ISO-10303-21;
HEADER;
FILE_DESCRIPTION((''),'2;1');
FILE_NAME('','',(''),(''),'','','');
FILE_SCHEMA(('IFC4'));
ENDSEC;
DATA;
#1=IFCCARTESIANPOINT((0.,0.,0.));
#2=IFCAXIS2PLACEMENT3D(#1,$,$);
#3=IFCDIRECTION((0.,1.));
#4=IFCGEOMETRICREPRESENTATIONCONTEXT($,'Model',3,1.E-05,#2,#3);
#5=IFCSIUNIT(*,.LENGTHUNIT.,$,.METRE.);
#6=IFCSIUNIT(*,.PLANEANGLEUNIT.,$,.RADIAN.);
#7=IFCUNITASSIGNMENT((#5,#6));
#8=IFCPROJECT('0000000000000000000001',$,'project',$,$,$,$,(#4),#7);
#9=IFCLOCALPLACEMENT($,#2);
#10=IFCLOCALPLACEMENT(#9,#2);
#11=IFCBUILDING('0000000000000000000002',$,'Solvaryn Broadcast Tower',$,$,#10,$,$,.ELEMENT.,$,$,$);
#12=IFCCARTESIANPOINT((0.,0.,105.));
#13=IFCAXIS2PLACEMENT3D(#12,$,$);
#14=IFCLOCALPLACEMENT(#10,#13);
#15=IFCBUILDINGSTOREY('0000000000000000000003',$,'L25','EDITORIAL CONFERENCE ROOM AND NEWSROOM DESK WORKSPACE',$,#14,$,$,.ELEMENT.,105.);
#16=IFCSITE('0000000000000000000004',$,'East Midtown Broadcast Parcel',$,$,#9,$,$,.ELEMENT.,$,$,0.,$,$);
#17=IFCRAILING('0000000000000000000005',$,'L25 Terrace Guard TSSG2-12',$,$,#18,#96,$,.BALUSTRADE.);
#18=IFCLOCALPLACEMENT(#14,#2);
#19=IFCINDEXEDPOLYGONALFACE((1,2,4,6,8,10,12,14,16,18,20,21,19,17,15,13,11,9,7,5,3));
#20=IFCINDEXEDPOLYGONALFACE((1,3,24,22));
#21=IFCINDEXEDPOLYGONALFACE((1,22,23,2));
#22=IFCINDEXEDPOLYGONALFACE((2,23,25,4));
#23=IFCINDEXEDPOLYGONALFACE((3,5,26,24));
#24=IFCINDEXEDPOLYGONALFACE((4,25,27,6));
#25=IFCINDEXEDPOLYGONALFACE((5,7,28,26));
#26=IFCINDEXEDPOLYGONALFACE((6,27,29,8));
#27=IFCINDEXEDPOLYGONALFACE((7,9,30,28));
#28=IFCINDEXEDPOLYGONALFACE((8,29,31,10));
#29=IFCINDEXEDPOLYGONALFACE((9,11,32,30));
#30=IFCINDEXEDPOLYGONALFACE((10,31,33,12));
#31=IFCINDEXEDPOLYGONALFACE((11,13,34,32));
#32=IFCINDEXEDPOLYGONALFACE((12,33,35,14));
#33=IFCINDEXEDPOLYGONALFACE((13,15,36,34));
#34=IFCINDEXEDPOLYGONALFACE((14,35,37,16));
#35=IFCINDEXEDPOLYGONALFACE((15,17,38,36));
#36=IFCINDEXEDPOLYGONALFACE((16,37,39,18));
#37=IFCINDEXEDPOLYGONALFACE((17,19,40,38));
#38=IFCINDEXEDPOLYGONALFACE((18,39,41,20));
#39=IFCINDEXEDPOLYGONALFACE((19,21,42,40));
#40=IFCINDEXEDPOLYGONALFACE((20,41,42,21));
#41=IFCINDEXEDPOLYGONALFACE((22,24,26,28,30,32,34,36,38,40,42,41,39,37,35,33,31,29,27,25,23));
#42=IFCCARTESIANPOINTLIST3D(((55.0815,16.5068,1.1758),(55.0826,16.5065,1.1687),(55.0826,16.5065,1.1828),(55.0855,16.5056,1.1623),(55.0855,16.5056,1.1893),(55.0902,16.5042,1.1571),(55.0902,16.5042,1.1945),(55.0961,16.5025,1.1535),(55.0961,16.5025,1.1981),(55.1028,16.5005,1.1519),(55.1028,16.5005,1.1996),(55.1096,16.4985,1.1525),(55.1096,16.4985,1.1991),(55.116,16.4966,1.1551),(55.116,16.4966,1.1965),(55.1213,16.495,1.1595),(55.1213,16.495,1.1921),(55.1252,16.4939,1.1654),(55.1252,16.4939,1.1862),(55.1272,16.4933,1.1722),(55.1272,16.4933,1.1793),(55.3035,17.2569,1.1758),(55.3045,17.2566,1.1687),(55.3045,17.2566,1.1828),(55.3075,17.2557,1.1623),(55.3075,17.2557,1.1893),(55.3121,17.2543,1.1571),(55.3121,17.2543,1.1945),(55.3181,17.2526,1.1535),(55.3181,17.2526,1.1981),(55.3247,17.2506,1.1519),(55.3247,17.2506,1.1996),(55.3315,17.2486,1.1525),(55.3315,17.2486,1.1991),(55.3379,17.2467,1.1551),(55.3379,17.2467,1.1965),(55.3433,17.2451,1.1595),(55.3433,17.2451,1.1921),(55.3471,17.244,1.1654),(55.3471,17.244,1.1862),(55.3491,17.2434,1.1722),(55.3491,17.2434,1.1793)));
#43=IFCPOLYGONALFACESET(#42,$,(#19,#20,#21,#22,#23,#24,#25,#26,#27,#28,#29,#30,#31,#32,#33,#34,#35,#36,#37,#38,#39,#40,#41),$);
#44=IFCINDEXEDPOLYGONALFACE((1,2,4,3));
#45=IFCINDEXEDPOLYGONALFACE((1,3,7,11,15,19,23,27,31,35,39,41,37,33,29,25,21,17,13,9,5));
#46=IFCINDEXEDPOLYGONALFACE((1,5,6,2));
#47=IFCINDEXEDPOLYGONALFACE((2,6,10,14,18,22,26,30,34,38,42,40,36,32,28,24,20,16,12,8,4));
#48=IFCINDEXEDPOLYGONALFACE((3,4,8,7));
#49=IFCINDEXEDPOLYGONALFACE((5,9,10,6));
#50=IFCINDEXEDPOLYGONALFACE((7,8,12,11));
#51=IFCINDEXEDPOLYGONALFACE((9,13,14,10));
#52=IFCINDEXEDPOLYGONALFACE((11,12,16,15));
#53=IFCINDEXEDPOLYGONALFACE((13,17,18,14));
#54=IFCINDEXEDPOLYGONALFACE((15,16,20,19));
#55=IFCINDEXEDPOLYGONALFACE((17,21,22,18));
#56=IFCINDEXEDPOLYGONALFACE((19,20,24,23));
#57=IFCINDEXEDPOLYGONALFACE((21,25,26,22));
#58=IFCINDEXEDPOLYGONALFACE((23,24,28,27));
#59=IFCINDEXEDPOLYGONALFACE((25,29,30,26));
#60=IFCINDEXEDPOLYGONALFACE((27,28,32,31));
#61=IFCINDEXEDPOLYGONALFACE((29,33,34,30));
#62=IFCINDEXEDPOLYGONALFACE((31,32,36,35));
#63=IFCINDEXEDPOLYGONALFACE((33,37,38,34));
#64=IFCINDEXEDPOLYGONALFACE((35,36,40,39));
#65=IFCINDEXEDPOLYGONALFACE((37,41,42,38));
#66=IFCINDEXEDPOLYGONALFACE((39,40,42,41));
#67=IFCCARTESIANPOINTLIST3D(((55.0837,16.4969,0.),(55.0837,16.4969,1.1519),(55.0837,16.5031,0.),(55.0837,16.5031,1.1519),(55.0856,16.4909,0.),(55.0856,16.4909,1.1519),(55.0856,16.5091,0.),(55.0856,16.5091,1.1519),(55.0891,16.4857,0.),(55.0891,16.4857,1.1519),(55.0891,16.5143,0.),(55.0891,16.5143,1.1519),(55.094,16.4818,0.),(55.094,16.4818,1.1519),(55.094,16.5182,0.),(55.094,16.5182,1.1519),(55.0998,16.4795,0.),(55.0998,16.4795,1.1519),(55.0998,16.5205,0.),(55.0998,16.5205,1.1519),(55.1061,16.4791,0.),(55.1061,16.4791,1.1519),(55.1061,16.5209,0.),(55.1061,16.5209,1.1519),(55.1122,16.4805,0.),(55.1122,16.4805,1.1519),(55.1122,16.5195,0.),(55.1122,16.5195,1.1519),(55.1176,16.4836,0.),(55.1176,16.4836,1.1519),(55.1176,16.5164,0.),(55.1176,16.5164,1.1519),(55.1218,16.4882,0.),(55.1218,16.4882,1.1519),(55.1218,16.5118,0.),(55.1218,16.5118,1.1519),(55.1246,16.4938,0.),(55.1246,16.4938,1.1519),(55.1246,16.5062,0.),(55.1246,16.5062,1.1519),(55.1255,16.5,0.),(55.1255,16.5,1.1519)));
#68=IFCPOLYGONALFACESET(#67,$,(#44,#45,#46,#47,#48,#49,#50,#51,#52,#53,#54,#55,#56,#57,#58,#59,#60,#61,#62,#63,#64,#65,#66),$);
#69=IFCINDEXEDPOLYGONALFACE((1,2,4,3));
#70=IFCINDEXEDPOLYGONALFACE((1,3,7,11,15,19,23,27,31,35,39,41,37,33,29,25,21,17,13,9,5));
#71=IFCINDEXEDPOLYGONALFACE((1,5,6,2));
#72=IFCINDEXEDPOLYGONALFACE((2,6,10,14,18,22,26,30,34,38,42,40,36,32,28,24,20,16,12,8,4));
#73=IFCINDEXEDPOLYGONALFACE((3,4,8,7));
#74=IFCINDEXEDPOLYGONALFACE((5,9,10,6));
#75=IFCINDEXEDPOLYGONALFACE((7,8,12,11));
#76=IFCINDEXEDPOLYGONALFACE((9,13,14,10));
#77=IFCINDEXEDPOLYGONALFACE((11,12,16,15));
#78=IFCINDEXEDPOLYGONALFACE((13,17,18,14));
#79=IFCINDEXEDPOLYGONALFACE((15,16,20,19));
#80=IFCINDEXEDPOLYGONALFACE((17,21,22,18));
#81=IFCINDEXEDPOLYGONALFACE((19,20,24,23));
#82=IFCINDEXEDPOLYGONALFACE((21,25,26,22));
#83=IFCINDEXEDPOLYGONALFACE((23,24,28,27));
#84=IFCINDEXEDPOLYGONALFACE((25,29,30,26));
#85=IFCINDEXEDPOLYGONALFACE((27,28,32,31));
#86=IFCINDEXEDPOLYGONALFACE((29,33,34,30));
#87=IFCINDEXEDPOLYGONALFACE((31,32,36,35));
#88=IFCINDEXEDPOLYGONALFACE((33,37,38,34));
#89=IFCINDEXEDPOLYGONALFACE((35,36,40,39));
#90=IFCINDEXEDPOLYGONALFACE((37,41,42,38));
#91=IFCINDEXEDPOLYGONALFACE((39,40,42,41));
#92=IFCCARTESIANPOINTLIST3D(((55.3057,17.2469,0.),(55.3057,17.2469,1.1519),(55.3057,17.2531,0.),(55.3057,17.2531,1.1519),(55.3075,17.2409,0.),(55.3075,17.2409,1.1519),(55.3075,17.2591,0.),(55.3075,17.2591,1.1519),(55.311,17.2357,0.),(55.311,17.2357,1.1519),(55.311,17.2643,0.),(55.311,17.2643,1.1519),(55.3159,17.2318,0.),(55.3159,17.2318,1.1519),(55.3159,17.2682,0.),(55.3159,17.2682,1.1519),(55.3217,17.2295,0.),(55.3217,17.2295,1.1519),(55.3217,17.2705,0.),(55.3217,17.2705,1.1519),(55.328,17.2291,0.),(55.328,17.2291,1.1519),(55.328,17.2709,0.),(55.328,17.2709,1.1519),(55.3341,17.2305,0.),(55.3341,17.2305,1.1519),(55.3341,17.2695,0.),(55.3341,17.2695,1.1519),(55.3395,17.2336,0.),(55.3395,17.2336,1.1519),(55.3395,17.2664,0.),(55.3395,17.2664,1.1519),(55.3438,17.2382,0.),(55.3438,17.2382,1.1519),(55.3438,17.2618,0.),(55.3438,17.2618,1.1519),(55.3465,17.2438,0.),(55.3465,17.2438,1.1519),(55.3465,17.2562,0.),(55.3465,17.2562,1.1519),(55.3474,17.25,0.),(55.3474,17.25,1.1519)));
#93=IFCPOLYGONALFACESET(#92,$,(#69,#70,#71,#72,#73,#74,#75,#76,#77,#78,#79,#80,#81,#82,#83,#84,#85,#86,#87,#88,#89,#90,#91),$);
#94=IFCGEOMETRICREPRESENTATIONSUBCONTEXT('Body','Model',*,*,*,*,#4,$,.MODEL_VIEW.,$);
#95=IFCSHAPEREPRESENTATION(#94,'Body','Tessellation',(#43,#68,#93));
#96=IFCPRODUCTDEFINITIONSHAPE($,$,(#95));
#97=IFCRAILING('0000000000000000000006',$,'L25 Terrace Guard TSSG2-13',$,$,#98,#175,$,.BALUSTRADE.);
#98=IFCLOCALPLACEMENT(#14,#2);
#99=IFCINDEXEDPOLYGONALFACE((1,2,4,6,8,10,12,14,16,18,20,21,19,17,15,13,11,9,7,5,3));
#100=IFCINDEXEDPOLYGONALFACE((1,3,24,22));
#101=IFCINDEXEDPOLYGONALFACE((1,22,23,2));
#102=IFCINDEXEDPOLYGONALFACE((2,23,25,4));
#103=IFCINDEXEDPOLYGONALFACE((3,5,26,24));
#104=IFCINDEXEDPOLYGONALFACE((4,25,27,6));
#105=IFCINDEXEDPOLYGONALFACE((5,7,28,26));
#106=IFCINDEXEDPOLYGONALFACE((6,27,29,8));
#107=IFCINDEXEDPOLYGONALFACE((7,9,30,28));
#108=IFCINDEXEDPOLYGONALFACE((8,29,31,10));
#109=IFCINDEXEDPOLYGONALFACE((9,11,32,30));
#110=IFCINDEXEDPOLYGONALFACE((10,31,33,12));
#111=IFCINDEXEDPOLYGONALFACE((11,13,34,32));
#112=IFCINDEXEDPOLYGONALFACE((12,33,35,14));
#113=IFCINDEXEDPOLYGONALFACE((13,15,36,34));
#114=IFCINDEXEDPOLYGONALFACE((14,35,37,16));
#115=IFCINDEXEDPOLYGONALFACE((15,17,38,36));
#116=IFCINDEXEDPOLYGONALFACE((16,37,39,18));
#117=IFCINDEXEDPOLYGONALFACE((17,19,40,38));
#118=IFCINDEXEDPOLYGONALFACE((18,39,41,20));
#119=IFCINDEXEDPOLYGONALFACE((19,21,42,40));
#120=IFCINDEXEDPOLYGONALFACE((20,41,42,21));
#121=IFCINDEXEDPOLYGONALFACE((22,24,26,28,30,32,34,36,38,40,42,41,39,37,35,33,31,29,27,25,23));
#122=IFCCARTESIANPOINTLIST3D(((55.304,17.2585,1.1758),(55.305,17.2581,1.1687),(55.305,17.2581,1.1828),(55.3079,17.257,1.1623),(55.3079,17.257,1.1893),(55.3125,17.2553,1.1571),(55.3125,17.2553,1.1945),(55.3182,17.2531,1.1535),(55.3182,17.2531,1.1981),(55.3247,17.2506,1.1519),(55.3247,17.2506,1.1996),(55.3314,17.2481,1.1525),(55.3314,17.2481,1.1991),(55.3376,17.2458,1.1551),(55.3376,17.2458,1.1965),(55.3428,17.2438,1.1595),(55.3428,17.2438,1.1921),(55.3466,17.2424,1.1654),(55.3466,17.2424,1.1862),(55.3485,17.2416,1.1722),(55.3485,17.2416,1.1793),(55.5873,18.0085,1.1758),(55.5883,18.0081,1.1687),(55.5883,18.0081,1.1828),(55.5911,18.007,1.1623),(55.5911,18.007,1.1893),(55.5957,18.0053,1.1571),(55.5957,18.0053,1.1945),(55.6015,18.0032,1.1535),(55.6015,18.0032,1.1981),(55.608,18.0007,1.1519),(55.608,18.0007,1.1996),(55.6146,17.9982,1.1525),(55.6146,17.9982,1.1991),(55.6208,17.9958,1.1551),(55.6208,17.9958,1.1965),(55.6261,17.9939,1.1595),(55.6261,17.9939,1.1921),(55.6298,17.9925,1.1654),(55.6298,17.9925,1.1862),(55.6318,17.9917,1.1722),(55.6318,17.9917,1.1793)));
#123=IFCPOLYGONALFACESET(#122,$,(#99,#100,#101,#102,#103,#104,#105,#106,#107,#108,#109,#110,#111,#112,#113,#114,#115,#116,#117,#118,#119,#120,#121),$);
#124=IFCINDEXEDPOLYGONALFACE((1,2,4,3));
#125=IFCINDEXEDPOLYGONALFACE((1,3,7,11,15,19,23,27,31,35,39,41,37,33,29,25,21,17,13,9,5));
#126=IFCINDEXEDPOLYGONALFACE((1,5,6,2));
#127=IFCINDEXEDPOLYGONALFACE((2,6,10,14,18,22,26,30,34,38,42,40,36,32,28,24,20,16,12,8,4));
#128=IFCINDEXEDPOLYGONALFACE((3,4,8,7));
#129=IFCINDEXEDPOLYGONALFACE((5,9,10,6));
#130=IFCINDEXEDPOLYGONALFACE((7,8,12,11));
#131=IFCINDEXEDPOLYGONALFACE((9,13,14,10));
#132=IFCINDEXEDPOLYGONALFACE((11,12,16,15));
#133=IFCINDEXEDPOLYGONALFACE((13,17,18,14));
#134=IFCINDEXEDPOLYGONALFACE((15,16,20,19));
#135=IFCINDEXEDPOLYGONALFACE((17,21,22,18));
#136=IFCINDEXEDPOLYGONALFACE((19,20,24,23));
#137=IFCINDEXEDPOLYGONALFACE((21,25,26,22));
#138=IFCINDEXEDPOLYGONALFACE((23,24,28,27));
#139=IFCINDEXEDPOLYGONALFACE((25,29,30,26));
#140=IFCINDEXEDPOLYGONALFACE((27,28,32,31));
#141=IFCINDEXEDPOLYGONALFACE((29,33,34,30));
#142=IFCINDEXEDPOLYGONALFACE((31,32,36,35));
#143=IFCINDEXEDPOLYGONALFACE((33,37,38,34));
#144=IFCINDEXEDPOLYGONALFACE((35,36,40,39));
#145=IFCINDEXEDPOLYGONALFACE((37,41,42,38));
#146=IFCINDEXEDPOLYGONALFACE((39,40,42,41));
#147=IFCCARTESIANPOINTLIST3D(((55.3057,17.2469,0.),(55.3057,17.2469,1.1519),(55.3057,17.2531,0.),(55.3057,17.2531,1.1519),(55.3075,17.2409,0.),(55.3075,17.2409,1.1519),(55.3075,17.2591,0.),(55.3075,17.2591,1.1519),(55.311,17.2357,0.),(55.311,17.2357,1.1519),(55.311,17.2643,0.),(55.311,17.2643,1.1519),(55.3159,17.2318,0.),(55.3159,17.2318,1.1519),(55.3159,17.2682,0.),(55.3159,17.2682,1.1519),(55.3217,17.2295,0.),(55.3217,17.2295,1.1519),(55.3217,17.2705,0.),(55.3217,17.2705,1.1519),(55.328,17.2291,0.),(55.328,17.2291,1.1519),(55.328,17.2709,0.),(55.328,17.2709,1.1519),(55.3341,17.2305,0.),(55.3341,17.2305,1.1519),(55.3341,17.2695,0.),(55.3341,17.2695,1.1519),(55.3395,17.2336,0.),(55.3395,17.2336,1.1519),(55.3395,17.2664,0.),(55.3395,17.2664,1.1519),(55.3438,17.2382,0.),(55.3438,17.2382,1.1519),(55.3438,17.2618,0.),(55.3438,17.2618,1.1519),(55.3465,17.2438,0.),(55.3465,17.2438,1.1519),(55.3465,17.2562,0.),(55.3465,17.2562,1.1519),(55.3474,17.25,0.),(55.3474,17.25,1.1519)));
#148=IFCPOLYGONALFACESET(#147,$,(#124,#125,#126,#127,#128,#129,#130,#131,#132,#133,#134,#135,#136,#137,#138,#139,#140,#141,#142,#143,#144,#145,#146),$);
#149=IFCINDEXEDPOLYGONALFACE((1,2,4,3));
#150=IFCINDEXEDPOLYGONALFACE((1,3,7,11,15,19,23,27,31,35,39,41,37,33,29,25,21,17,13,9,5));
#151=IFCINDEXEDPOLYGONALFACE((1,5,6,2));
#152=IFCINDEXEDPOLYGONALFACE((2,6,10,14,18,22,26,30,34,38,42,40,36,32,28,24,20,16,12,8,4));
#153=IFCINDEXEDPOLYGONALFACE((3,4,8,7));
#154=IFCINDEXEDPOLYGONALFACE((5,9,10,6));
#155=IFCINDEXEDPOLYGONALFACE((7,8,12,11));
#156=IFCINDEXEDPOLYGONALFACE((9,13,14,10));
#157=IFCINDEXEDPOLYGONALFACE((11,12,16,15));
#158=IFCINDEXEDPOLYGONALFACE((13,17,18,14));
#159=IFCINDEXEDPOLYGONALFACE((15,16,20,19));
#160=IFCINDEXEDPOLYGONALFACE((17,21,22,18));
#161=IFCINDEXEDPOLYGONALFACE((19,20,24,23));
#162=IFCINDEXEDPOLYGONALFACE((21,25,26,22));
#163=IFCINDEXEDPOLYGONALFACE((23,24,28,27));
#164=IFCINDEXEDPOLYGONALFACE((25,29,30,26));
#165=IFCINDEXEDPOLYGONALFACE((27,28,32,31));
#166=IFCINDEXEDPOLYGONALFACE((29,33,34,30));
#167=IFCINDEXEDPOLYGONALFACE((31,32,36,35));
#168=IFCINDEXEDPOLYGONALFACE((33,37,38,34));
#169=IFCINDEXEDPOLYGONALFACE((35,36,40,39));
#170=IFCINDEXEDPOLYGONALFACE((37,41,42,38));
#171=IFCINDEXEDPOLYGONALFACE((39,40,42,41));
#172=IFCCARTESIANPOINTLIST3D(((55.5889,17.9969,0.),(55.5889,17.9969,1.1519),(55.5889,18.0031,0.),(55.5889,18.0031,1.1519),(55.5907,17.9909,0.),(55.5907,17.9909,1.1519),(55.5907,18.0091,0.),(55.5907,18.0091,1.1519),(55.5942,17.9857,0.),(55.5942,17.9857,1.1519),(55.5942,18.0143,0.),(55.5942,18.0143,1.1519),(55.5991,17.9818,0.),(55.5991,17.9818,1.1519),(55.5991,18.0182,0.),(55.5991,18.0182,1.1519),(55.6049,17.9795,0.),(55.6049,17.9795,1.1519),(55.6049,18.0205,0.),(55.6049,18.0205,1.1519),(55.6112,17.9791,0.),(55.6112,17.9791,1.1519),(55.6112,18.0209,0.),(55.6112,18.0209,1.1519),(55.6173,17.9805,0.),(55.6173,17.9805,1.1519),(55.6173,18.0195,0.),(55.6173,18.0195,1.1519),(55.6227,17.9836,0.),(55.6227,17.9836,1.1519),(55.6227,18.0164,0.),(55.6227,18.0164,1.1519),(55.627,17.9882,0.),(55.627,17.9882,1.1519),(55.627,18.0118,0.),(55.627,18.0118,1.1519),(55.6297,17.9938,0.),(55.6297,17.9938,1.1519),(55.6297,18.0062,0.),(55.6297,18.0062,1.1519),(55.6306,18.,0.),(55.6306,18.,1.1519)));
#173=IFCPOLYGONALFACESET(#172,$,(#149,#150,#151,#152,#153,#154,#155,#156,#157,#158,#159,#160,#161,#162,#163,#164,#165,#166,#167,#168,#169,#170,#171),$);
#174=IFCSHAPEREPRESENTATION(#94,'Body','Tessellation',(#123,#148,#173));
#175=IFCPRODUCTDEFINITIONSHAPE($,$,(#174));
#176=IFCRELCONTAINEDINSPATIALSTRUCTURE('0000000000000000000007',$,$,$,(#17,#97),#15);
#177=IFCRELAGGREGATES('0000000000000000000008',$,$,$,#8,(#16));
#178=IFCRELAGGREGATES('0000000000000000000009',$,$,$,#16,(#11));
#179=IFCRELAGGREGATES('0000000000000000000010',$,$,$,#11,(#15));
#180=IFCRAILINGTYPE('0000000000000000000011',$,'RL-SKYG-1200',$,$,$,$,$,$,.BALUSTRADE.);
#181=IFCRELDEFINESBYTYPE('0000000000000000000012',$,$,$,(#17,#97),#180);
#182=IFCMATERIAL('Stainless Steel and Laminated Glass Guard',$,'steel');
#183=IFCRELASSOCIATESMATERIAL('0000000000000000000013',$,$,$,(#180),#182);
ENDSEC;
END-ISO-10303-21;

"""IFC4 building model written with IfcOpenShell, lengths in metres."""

from ifc_helpers import new_model, si_unit, direction, frame, origin, origin_2d, place, context, subcontext, project, spatial, circle, extrude, material, type_object, element, save


model = new_model("IFC4")

# Units and contexts
model_context = context("Model", 3, precision=1e-05, world=origin(), true_north=direction((0.0, 1.0)))
body_context = subcontext(model_context, "Body", "Model", "MODEL_VIEW")
ifc_project = project(units=[si_unit("LENGTHUNIT", "METRE"), si_unit("PLANEANGLEUNIT", "RADIAN")], contexts=[model_context])

# Site, building, storey
site_placement = place(None, origin())
site = spatial("IfcSite", under=ifc_project, at=site_placement, Name="East Midtown Broadcast Parcel", CompositionType="ELEMENT", RefElevation=0.0)
building_placement = place(site_placement, origin())
building = spatial("IfcBuilding", under=site, at=building_placement, Name="Solvaryn Broadcast Tower", CompositionType="ELEMENT")
storey_placement = place(building_placement, frame((0.0, 0.0, 105.0)))
storey = spatial("IfcBuildingStorey", under=building, at=storey_placement, Name="L25", Description="EDITORIAL CONFERENCE ROOM AND NEWSROOM DESK WORKSPACE", CompositionType="ELEMENT", Elevation=105.0)

# Railings
ifc_material_1 = material(Name="Stainless Steel and Laminated Glass Guard", Category="steel")
railing_type = type_object("IfcRailingType", Name="RL-SKYG-1200", PredefinedType="BALUSTRADE", material=ifc_material_1)
railing_1_placement = place(storey_placement, frame((55.1045, 16.5, 0.0)))
element("IfcRailing", 1, at=railing_1_placement, inside=storey, type_object=railing_type, Name="L25 Terrace Guard TSSG2-12", PredefinedType="BALUSTRADE", context=body_context, shape_type="SweptSolid", body=[
    extrude(circle(Radius=0.0239, at=origin_2d()), frame((0.0, 0.0, 1.1758), z_axis=(0.283738, 0.958902, 0.0), x_axis=(-0.958902, 0.283738, 0.0)), (0.0, 0.0, 1.0), 0.7822),
    extrude(circle(Radius=0.021, at=origin_2d()), origin(), (0.0, 0.0, 1.0), 1.1519),
    extrude(circle(Radius=0.021, at=origin_2d()), frame((0.2219, 0.75, 0.0)), (0.0, 0.0, 1.0), 1.1519),
])
railing_2_placement = place(storey_placement, frame((55.3264, 17.25, 0.0)))
element("IfcRailing", 2, at=railing_2_placement, inside=storey, type_object=railing_type, Name="L25 Terrace Guard TSSG2-13", PredefinedType="BALUSTRADE", context=body_context, shape_type="SweptSolid", body=[
    extrude(circle(Radius=0.0239, at=origin_2d()), frame((0.0, 0.0, 1.1758), z_axis=(0.353258, 0.935526, 0.0), x_axis=(-0.935526, 0.353258, 0.0)), (0.0, 0.0, 1.0), 0.8018),
    extrude(circle(Radius=0.021, at=origin_2d()), origin(), (0.0, 0.0, 1.0), 1.1519),
    extrude(circle(Radius=0.021, at=origin_2d()), frame((0.2832, 0.75, 0.0)), (0.0, 0.0, 1.0), 1.1519),
])

save(model, "model.ifc")
